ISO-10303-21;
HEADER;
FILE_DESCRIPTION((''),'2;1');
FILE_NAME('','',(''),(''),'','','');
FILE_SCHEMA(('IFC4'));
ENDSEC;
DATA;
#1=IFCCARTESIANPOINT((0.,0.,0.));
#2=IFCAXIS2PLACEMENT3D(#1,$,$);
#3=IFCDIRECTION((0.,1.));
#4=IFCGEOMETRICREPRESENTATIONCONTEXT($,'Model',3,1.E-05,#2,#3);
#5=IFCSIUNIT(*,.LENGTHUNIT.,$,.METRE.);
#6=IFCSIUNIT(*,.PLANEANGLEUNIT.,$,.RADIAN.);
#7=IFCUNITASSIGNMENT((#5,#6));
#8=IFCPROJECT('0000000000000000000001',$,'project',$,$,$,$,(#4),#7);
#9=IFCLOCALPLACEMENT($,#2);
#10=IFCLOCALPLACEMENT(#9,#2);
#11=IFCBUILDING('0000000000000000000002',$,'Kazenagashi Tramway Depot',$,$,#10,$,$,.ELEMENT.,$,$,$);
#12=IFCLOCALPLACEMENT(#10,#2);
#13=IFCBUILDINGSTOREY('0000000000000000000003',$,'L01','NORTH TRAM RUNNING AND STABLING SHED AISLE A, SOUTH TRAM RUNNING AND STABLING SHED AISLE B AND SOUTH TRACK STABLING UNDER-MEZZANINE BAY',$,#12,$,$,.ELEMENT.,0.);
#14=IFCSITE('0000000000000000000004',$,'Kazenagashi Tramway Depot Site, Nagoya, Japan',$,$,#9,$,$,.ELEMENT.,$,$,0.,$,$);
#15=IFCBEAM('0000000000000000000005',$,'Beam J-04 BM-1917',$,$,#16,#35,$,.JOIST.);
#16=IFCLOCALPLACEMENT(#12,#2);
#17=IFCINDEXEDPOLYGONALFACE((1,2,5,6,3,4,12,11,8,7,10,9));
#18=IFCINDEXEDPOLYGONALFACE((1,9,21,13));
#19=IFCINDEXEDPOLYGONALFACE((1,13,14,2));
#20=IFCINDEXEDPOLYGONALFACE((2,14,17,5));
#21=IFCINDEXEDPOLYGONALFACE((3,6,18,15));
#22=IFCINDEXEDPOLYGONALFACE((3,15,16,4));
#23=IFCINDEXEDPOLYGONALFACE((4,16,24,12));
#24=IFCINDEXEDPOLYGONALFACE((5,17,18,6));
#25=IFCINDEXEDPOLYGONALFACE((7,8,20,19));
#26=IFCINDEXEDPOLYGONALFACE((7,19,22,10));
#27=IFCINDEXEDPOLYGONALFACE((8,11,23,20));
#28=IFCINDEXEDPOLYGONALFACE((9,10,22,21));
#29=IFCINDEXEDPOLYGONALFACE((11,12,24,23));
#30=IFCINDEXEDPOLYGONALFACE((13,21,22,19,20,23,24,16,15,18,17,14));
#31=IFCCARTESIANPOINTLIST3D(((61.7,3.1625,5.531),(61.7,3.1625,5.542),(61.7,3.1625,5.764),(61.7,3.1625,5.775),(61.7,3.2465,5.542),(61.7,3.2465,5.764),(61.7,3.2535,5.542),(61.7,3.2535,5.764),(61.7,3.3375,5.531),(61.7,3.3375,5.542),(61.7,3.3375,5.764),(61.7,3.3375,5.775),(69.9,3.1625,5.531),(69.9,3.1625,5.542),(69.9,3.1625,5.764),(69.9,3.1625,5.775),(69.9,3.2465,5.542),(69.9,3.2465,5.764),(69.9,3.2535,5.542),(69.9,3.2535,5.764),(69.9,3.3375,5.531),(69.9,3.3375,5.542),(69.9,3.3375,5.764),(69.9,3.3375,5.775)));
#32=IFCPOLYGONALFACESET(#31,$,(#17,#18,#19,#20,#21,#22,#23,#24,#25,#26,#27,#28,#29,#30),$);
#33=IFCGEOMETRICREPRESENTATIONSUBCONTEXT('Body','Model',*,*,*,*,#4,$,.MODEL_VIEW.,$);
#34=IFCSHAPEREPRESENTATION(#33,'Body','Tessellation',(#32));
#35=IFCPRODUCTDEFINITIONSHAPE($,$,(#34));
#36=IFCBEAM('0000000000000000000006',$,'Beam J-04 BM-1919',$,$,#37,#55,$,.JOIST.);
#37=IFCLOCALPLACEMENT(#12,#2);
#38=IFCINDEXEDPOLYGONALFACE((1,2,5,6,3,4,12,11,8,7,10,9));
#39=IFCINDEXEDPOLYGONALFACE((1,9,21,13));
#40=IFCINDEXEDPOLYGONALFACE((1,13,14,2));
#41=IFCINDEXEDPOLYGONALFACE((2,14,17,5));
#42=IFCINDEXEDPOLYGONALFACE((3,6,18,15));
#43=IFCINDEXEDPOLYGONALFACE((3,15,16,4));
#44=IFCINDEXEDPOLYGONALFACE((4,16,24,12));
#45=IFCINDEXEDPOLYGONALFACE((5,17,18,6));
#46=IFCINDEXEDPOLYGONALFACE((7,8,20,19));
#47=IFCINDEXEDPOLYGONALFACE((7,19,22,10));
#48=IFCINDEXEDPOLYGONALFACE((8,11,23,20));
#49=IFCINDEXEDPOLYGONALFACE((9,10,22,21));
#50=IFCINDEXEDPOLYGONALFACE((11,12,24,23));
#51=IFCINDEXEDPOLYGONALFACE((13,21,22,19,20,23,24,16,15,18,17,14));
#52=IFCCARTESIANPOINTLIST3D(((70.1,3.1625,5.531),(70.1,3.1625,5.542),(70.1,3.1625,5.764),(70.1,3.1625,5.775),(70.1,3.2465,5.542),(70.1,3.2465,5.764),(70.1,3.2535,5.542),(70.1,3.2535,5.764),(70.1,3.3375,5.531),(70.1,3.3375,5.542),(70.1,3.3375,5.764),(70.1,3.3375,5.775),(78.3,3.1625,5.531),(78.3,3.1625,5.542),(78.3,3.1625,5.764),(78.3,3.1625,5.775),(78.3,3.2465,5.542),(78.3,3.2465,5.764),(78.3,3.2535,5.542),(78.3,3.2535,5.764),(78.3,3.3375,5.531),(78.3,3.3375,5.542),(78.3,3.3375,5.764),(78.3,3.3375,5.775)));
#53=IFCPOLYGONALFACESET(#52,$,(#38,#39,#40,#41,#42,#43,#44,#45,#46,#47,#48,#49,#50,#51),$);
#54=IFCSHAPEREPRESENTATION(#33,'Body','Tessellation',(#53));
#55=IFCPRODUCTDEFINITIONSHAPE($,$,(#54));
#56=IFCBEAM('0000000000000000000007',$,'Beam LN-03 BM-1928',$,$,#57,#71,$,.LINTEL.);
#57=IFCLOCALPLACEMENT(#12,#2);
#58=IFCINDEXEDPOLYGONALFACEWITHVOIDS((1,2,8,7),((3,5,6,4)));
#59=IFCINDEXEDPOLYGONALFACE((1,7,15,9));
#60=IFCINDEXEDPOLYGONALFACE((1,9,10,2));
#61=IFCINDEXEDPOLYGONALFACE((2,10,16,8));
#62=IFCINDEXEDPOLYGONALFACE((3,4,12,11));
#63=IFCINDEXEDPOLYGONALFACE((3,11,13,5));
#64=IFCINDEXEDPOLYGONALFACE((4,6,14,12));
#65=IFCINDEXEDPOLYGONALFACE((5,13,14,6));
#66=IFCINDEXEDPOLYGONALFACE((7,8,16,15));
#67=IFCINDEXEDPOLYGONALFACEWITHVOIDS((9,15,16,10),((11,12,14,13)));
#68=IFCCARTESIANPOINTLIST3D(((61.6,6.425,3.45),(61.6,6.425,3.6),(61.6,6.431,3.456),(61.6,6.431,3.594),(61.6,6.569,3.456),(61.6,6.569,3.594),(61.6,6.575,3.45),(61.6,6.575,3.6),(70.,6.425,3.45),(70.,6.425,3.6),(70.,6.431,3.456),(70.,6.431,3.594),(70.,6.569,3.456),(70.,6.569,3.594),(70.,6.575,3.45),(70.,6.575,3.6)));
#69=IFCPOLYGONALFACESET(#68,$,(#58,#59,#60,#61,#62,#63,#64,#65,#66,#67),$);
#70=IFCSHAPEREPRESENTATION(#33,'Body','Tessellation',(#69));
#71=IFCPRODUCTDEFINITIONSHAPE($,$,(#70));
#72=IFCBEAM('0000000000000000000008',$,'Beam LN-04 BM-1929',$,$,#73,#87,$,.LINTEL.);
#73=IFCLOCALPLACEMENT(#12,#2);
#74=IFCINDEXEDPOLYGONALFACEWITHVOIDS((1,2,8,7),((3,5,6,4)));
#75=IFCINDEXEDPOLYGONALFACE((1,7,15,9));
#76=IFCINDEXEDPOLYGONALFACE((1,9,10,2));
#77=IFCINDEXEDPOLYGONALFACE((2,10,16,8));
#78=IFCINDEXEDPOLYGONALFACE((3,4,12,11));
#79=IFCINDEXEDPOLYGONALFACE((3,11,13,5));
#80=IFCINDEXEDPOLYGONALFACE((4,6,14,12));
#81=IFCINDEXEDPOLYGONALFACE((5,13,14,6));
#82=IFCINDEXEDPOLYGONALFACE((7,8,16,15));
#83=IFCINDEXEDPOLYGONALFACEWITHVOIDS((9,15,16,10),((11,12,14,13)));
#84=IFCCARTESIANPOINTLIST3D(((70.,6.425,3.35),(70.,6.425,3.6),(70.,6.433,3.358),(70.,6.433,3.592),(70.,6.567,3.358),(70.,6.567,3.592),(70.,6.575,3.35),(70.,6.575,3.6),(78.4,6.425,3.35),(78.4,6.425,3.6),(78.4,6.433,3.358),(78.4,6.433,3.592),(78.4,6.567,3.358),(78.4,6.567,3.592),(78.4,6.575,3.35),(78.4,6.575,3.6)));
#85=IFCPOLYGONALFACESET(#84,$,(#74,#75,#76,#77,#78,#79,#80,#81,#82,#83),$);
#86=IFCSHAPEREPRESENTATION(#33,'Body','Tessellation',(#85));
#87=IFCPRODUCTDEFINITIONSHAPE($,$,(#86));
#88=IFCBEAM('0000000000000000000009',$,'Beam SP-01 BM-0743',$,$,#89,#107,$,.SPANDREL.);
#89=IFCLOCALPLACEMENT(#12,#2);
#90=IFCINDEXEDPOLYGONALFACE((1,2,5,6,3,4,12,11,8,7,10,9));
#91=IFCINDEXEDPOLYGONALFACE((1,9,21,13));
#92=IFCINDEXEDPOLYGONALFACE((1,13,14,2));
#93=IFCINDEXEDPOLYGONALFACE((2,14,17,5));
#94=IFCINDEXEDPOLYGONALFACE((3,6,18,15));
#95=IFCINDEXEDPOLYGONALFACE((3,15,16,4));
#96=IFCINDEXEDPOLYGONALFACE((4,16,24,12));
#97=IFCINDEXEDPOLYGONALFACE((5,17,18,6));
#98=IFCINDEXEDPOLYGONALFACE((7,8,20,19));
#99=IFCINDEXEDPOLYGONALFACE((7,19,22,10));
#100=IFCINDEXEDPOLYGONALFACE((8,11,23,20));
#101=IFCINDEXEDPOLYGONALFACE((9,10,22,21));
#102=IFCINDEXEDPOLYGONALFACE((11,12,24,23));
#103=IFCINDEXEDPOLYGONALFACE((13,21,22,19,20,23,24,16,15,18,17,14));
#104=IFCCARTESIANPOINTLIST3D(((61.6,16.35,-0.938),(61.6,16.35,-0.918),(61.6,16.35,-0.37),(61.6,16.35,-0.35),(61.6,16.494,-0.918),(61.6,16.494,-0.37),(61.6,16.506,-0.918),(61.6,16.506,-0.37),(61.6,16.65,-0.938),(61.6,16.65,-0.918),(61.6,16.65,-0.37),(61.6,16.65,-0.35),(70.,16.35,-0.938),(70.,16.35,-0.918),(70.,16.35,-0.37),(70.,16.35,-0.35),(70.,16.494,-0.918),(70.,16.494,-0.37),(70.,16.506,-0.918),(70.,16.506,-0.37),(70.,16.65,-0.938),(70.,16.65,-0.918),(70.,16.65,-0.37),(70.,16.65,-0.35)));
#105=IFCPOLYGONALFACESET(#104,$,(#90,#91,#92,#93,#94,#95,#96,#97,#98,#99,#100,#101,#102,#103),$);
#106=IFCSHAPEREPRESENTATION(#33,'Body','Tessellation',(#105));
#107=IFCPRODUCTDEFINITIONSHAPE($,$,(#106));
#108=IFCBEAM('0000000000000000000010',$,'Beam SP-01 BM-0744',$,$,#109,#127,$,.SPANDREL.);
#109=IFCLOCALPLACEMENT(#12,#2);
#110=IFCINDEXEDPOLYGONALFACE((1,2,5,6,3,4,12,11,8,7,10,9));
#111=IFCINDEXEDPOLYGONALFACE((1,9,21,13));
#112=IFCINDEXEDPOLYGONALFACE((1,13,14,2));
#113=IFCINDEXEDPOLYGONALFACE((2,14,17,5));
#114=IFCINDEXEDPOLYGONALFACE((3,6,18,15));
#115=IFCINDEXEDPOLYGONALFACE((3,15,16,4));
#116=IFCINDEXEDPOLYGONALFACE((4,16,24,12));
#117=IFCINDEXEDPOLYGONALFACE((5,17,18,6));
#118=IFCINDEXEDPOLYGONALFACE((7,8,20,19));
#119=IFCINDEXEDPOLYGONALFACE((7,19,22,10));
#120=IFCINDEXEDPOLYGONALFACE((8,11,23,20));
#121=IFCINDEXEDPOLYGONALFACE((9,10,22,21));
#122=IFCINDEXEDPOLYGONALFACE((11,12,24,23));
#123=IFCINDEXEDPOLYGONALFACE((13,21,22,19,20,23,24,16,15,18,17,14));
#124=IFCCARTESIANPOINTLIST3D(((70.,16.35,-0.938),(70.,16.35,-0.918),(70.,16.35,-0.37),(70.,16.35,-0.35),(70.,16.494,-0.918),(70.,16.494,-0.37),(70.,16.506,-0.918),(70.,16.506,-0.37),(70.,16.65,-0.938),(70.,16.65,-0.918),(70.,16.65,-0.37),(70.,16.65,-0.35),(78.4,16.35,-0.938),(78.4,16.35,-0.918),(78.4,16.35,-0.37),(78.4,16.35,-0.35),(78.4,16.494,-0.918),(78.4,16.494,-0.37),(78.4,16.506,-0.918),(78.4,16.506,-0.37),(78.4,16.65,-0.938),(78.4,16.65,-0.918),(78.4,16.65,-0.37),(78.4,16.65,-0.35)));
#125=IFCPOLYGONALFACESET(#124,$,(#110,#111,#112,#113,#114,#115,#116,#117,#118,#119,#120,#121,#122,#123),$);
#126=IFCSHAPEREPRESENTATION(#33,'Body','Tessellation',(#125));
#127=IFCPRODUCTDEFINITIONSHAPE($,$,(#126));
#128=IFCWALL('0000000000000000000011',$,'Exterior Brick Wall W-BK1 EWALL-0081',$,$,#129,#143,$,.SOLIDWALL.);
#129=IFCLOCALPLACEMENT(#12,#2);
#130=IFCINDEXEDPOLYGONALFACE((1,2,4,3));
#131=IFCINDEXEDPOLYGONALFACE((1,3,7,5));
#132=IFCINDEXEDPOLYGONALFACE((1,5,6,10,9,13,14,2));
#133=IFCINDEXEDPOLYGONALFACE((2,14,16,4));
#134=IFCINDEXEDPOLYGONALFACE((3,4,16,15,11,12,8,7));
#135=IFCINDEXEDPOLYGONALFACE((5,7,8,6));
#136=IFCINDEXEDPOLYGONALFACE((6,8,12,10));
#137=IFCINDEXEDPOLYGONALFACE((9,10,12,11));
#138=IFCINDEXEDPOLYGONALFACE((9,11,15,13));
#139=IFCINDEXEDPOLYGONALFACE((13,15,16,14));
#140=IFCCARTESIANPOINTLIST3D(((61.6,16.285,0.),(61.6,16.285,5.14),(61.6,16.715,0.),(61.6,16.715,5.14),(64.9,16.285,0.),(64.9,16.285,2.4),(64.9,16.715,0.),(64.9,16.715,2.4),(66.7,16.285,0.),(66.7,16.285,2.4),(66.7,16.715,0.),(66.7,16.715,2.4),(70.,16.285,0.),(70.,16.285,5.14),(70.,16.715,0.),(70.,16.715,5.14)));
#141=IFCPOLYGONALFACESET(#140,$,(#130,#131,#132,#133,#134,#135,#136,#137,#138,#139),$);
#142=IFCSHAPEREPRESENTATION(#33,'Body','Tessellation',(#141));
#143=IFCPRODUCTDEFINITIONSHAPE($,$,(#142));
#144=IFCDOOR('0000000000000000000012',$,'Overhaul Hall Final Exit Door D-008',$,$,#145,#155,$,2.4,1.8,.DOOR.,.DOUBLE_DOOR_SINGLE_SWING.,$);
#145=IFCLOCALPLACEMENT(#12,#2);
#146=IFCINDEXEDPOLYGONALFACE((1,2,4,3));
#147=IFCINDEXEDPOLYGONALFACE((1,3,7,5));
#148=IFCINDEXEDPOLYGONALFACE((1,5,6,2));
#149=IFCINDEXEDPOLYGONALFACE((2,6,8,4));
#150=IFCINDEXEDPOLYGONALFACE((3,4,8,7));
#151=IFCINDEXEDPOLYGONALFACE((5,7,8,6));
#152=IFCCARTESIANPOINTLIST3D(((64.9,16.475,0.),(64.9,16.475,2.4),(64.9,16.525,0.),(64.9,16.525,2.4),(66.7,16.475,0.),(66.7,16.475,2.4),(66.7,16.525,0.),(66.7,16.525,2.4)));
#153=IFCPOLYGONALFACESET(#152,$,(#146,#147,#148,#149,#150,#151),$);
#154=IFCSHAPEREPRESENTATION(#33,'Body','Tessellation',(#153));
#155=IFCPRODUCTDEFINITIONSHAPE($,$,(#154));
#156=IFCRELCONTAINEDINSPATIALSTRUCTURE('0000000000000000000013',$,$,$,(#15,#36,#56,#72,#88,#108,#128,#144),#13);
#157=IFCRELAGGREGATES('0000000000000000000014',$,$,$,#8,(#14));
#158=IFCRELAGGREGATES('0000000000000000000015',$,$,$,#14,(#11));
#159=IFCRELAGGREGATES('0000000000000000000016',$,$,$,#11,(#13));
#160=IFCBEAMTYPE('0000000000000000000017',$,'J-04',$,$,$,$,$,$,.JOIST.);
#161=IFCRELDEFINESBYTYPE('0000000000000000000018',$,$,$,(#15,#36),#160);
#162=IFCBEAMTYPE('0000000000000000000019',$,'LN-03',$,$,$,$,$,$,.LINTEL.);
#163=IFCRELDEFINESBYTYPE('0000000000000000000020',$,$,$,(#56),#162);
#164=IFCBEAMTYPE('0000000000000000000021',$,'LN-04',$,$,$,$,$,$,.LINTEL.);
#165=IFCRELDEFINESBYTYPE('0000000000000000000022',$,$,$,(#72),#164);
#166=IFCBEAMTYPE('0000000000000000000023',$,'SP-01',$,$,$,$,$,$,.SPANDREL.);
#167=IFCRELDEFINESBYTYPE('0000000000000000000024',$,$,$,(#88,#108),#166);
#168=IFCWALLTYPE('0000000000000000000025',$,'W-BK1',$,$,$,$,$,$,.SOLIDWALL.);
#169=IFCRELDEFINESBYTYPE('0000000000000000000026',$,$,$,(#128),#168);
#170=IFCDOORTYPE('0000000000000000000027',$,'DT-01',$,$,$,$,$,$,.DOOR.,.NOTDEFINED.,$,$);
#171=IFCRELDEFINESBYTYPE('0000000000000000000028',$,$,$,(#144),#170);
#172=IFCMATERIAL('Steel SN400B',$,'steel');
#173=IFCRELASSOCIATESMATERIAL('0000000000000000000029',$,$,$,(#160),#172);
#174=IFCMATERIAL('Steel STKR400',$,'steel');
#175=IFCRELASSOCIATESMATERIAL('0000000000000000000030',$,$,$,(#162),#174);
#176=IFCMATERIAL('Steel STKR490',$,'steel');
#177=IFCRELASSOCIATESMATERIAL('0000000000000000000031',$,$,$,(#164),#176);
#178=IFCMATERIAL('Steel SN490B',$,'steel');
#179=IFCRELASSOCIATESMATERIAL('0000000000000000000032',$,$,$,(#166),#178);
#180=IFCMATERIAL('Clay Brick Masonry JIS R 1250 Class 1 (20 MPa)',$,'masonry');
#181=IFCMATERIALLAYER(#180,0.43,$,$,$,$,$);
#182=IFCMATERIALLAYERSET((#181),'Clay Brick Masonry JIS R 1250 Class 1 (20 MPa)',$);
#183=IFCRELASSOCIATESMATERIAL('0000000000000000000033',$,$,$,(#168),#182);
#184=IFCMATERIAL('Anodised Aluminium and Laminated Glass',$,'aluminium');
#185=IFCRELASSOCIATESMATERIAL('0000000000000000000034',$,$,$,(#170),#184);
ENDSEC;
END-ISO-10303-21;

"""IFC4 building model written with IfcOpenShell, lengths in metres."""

from ifc_helpers import new_model, si_unit, direction, frame, frame_2d, origin, origin_2d, place, context, subcontext, project, spatial, rectangle, hollow_rectangle, i_section, extrude, material, layer, layer_set, material_profile, profile_set, type_object, element, fill, save


model = new_model("IFC4")

# Units and contexts
model_context = context("Model", 3, precision=1e-05, world=origin(), true_north=direction((0.0, 1.0)))
body_context = subcontext(model_context, "Body", "Model", "MODEL_VIEW")
ifc_project = project(units=[si_unit("LENGTHUNIT", "METRE"), si_unit("PLANEANGLEUNIT", "RADIAN")], contexts=[model_context])

# Site, building, storey
site_placement = place(None, origin())
site = spatial("IfcSite", under=ifc_project, at=site_placement, Name="Kazenagashi Tramway Depot Site, Nagoya, Japan", CompositionType="ELEMENT", RefElevation=0.0)
building_placement = place(site_placement, origin())
building = spatial("IfcBuilding", under=site, at=building_placement, Name="Kazenagashi Tramway Depot", CompositionType="ELEMENT")
storey_placement = place(building_placement, origin())
storey = spatial("IfcBuildingStorey", under=building, at=storey_placement, Name="L01", Description="NORTH TRAM RUNNING AND STABLING SHED AISLE A, SOUTH TRAM RUNNING AND STABLING SHED AISLE B AND SOUTH TRACK STABLING UNDER-MEZZANINE BAY", CompositionType="ELEMENT", Elevation=0.0)

# Shared definitions
ifc_material_1 = material(Name="Steel SN490B", Category="steel")

# Beams
ifc_material_2 = material(Name="Steel SN400B", Category="steel")
ifc_material_profile_1 = material_profile(ifc_material_2, i_section(OverallWidth=0.175, OverallDepth=0.244, WebThickness=0.007, FlangeThickness=0.011, at=origin_2d()), Name="H-244x175x7x11")
ifc_profile_set_1 = profile_set([ifc_material_profile_1], Name="Steel SN400B")
beam_type_1 = type_object("IfcBeamType", Name="J-04", PredefinedType="JOIST", material=ifc_profile_set_1)
for number, where, z_axis, x_axis, name in (
    (1, (61.7, 3.25, 5.653), (1.0, 0.0, 0.0), (0.0, 1.0, 0.0), "Beam J-04 BM-1917"),
    (2, (70.1, 3.25, 5.653), (1.0, 0.0, 0.0), (0.0, 1.0, 0.0), "Beam J-04 BM-1919"),
):
    element("IfcBeam", number, at=place(storey_placement, frame(where, z_axis=z_axis, x_axis=x_axis)), inside=storey, type_object=beam_type_1, Name=name, PredefinedType="JOIST", context=body_context, shape_type="SweptSolid", body=[
        extrude(i_section(OverallWidth=0.175, OverallDepth=0.244, WebThickness=0.007, FlangeThickness=0.011, at=origin_2d()), origin(), (0.0, 0.0, 1.0), 8.2),
    ])
ifc_material_3 = material(Name="Steel STKR400", Category="steel")
ifc_material_profile_2 = material_profile(ifc_material_3, hollow_rectangle(XDim=0.15, YDim=0.15, WallThickness=0.006, at=origin_2d()), Name="SHS-150x150x6")
ifc_profile_set_2 = profile_set([ifc_material_profile_2], Name="Steel STKR400")
beam_type_2 = type_object("IfcBeamType", Name="LN-03", PredefinedType="LINTEL", material=ifc_profile_set_2)
beam_1_placement = place(storey_placement, frame((61.6, 6.5, 3.525), z_axis=(1.0, 0.0, 0.0), x_axis=(0.0, 1.0, 0.0)))
element("IfcBeam", 3, at=beam_1_placement, inside=storey, type_object=beam_type_2, Name="Beam LN-03 BM-1928", PredefinedType="LINTEL", context=body_context, shape_type="SweptSolid", body=[
    extrude(hollow_rectangle(XDim=0.15, YDim=0.15, WallThickness=0.006, at=origin_2d()), origin(), (0.0, 0.0, 1.0), 8.4),
])
ifc_material_4 = material(Name="Steel STKR490", Category="steel")
ifc_material_profile_3 = material_profile(ifc_material_4, hollow_rectangle(XDim=0.15, YDim=0.25, WallThickness=0.008, at=origin_2d()), Name="RHS-250x150x8")
ifc_profile_set_3 = profile_set([ifc_material_profile_3], Name="Steel STKR490")
beam_type_3 = type_object("IfcBeamType", Name="LN-04", PredefinedType="LINTEL", material=ifc_profile_set_3)
beam_2_placement = place(storey_placement, frame((70.0, 6.5, 3.475), z_axis=(1.0, 0.0, 0.0), x_axis=(0.0, 1.0, 0.0)))
element("IfcBeam", 4, at=beam_2_placement, inside=storey, type_object=beam_type_3, Name="Beam LN-04 BM-1929", PredefinedType="LINTEL", context=body_context, shape_type="SweptSolid", body=[
    extrude(hollow_rectangle(XDim=0.15, YDim=0.25, WallThickness=0.008, at=origin_2d()), origin(), (0.0, 0.0, 1.0), 8.4),
])
ifc_material_profile_4 = material_profile(ifc_material_1, i_section(OverallWidth=0.3, OverallDepth=0.588, WebThickness=0.012, FlangeThickness=0.02, at=origin_2d()), Name="H-588x300x12x20")
ifc_profile_set_4 = profile_set([ifc_material_profile_4], Name="Steel SN490B")
beam_type_4 = type_object("IfcBeamType", Name="SP-01", PredefinedType="SPANDREL", material=ifc_profile_set_4)
for number, where, z_axis, x_axis, name in (
    (5, (61.6, 16.5, -0.644), (1.0, 0.0, 0.0), (0.0, 1.0, 0.0), "Beam SP-01 BM-0743"),
    (6, (70.0, 16.5, -0.644), (1.0, 0.0, 0.0), (0.0, 1.0, 0.0), "Beam SP-01 BM-0744"),
):
    element("IfcBeam", number, at=place(storey_placement, frame(where, z_axis=z_axis, x_axis=x_axis)), inside=storey, type_object=beam_type_4, Name=name, PredefinedType="SPANDREL", context=body_context, shape_type="SweptSolid", body=[
        extrude(i_section(OverallWidth=0.3, OverallDepth=0.588, WebThickness=0.012, FlangeThickness=0.02, at=origin_2d()), origin(), (0.0, 0.0, 1.0), 8.4),
    ])

# Wall, opening, door
ifc_material_5 = material(Name="Clay Brick Masonry JIS R 1250 Class 1 (20 MPa)", Category="masonry")
ifc_layer_1 = layer(ifc_material_5, 0.43)
ifc_layer_set_1 = layer_set([ifc_layer_1], Name="Clay Brick Masonry JIS R 1250 Class 1 (20 MPa)")
wall_type_1 = type_object("IfcWallType", Name="W-BK1", PredefinedType="SOLIDWALL", material=ifc_layer_set_1)
wall_1_placement = place(storey_placement, frame((61.6, 16.5, 0.0), z_axis=(0.0, 0.0, 1.0), x_axis=(1.0, 0.0, 0.0)))
wall_1 = element("IfcWall", 7, at=wall_1_placement, inside=storey, type_object=wall_type_1, Name="Exterior Brick Wall W-BK1 EWALL-0081", PredefinedType="SOLIDWALL", context=body_context, shape_type="SweptSolid", body=[
    extrude(rectangle(XDim=8.4, YDim=0.43, at=frame_2d((4.2, 0.0))), origin(), (0.0, 0.0, 1.0), 5.14),
])
opening_1_placement = place(wall_1_placement, frame((3.3, 0.0, 0.0)))
opening_1 = element("IfcOpeningElement", 8, at=opening_1_placement, cuts=wall_1, PredefinedType="OPENING", context=body_context, shape_type="SweptSolid", body=[
    extrude(rectangle(XDim=1.8, YDim=2.4, at=frame_2d((0.9, 1.2))), frame((0.0, 0.225, 0.0), z_axis=(0.0, -1.0, 0.0), x_axis=(1.0, 0.0, 0.0)), (0.0, 0.0, 1.0), 0.45),
])
ifc_material_6 = material(Name="Anodised Aluminium and Laminated Glass", Category="aluminium")
door_type_1 = type_object("IfcDoorType", Name="DT-01", OperationType="NOTDEFINED", PredefinedType="DOOR", material=ifc_material_6)
door_1_placement = place(opening_1_placement, frame((1.8, 0.0, 0.0), z_axis=(0.0, 0.0, 1.0), x_axis=(-1.0, 0.0, 0.0)))
door_1 = element("IfcDoor", 9, at=door_1_placement, inside=storey, type_object=door_type_1, Name="Overhaul Hall Final Exit Door D-008", OperationType="DOUBLE_DOOR_SINGLE_SWING", OverallHeight=2.4, OverallWidth=1.8, PredefinedType="DOOR", context=body_context, shape_type="SweptSolid", body=[
    extrude(rectangle(XDim=1.8, YDim=2.4, at=frame_2d((0.9, 1.2))), frame((0.0, 0.025, 0.0), z_axis=(0.0, -1.0, 0.0), x_axis=(1.0, 0.0, 0.0)), (0.0, 0.0, 1.0), 0.05),
])
fill(opening_1, door_1)

save(model, "model.ifc")
